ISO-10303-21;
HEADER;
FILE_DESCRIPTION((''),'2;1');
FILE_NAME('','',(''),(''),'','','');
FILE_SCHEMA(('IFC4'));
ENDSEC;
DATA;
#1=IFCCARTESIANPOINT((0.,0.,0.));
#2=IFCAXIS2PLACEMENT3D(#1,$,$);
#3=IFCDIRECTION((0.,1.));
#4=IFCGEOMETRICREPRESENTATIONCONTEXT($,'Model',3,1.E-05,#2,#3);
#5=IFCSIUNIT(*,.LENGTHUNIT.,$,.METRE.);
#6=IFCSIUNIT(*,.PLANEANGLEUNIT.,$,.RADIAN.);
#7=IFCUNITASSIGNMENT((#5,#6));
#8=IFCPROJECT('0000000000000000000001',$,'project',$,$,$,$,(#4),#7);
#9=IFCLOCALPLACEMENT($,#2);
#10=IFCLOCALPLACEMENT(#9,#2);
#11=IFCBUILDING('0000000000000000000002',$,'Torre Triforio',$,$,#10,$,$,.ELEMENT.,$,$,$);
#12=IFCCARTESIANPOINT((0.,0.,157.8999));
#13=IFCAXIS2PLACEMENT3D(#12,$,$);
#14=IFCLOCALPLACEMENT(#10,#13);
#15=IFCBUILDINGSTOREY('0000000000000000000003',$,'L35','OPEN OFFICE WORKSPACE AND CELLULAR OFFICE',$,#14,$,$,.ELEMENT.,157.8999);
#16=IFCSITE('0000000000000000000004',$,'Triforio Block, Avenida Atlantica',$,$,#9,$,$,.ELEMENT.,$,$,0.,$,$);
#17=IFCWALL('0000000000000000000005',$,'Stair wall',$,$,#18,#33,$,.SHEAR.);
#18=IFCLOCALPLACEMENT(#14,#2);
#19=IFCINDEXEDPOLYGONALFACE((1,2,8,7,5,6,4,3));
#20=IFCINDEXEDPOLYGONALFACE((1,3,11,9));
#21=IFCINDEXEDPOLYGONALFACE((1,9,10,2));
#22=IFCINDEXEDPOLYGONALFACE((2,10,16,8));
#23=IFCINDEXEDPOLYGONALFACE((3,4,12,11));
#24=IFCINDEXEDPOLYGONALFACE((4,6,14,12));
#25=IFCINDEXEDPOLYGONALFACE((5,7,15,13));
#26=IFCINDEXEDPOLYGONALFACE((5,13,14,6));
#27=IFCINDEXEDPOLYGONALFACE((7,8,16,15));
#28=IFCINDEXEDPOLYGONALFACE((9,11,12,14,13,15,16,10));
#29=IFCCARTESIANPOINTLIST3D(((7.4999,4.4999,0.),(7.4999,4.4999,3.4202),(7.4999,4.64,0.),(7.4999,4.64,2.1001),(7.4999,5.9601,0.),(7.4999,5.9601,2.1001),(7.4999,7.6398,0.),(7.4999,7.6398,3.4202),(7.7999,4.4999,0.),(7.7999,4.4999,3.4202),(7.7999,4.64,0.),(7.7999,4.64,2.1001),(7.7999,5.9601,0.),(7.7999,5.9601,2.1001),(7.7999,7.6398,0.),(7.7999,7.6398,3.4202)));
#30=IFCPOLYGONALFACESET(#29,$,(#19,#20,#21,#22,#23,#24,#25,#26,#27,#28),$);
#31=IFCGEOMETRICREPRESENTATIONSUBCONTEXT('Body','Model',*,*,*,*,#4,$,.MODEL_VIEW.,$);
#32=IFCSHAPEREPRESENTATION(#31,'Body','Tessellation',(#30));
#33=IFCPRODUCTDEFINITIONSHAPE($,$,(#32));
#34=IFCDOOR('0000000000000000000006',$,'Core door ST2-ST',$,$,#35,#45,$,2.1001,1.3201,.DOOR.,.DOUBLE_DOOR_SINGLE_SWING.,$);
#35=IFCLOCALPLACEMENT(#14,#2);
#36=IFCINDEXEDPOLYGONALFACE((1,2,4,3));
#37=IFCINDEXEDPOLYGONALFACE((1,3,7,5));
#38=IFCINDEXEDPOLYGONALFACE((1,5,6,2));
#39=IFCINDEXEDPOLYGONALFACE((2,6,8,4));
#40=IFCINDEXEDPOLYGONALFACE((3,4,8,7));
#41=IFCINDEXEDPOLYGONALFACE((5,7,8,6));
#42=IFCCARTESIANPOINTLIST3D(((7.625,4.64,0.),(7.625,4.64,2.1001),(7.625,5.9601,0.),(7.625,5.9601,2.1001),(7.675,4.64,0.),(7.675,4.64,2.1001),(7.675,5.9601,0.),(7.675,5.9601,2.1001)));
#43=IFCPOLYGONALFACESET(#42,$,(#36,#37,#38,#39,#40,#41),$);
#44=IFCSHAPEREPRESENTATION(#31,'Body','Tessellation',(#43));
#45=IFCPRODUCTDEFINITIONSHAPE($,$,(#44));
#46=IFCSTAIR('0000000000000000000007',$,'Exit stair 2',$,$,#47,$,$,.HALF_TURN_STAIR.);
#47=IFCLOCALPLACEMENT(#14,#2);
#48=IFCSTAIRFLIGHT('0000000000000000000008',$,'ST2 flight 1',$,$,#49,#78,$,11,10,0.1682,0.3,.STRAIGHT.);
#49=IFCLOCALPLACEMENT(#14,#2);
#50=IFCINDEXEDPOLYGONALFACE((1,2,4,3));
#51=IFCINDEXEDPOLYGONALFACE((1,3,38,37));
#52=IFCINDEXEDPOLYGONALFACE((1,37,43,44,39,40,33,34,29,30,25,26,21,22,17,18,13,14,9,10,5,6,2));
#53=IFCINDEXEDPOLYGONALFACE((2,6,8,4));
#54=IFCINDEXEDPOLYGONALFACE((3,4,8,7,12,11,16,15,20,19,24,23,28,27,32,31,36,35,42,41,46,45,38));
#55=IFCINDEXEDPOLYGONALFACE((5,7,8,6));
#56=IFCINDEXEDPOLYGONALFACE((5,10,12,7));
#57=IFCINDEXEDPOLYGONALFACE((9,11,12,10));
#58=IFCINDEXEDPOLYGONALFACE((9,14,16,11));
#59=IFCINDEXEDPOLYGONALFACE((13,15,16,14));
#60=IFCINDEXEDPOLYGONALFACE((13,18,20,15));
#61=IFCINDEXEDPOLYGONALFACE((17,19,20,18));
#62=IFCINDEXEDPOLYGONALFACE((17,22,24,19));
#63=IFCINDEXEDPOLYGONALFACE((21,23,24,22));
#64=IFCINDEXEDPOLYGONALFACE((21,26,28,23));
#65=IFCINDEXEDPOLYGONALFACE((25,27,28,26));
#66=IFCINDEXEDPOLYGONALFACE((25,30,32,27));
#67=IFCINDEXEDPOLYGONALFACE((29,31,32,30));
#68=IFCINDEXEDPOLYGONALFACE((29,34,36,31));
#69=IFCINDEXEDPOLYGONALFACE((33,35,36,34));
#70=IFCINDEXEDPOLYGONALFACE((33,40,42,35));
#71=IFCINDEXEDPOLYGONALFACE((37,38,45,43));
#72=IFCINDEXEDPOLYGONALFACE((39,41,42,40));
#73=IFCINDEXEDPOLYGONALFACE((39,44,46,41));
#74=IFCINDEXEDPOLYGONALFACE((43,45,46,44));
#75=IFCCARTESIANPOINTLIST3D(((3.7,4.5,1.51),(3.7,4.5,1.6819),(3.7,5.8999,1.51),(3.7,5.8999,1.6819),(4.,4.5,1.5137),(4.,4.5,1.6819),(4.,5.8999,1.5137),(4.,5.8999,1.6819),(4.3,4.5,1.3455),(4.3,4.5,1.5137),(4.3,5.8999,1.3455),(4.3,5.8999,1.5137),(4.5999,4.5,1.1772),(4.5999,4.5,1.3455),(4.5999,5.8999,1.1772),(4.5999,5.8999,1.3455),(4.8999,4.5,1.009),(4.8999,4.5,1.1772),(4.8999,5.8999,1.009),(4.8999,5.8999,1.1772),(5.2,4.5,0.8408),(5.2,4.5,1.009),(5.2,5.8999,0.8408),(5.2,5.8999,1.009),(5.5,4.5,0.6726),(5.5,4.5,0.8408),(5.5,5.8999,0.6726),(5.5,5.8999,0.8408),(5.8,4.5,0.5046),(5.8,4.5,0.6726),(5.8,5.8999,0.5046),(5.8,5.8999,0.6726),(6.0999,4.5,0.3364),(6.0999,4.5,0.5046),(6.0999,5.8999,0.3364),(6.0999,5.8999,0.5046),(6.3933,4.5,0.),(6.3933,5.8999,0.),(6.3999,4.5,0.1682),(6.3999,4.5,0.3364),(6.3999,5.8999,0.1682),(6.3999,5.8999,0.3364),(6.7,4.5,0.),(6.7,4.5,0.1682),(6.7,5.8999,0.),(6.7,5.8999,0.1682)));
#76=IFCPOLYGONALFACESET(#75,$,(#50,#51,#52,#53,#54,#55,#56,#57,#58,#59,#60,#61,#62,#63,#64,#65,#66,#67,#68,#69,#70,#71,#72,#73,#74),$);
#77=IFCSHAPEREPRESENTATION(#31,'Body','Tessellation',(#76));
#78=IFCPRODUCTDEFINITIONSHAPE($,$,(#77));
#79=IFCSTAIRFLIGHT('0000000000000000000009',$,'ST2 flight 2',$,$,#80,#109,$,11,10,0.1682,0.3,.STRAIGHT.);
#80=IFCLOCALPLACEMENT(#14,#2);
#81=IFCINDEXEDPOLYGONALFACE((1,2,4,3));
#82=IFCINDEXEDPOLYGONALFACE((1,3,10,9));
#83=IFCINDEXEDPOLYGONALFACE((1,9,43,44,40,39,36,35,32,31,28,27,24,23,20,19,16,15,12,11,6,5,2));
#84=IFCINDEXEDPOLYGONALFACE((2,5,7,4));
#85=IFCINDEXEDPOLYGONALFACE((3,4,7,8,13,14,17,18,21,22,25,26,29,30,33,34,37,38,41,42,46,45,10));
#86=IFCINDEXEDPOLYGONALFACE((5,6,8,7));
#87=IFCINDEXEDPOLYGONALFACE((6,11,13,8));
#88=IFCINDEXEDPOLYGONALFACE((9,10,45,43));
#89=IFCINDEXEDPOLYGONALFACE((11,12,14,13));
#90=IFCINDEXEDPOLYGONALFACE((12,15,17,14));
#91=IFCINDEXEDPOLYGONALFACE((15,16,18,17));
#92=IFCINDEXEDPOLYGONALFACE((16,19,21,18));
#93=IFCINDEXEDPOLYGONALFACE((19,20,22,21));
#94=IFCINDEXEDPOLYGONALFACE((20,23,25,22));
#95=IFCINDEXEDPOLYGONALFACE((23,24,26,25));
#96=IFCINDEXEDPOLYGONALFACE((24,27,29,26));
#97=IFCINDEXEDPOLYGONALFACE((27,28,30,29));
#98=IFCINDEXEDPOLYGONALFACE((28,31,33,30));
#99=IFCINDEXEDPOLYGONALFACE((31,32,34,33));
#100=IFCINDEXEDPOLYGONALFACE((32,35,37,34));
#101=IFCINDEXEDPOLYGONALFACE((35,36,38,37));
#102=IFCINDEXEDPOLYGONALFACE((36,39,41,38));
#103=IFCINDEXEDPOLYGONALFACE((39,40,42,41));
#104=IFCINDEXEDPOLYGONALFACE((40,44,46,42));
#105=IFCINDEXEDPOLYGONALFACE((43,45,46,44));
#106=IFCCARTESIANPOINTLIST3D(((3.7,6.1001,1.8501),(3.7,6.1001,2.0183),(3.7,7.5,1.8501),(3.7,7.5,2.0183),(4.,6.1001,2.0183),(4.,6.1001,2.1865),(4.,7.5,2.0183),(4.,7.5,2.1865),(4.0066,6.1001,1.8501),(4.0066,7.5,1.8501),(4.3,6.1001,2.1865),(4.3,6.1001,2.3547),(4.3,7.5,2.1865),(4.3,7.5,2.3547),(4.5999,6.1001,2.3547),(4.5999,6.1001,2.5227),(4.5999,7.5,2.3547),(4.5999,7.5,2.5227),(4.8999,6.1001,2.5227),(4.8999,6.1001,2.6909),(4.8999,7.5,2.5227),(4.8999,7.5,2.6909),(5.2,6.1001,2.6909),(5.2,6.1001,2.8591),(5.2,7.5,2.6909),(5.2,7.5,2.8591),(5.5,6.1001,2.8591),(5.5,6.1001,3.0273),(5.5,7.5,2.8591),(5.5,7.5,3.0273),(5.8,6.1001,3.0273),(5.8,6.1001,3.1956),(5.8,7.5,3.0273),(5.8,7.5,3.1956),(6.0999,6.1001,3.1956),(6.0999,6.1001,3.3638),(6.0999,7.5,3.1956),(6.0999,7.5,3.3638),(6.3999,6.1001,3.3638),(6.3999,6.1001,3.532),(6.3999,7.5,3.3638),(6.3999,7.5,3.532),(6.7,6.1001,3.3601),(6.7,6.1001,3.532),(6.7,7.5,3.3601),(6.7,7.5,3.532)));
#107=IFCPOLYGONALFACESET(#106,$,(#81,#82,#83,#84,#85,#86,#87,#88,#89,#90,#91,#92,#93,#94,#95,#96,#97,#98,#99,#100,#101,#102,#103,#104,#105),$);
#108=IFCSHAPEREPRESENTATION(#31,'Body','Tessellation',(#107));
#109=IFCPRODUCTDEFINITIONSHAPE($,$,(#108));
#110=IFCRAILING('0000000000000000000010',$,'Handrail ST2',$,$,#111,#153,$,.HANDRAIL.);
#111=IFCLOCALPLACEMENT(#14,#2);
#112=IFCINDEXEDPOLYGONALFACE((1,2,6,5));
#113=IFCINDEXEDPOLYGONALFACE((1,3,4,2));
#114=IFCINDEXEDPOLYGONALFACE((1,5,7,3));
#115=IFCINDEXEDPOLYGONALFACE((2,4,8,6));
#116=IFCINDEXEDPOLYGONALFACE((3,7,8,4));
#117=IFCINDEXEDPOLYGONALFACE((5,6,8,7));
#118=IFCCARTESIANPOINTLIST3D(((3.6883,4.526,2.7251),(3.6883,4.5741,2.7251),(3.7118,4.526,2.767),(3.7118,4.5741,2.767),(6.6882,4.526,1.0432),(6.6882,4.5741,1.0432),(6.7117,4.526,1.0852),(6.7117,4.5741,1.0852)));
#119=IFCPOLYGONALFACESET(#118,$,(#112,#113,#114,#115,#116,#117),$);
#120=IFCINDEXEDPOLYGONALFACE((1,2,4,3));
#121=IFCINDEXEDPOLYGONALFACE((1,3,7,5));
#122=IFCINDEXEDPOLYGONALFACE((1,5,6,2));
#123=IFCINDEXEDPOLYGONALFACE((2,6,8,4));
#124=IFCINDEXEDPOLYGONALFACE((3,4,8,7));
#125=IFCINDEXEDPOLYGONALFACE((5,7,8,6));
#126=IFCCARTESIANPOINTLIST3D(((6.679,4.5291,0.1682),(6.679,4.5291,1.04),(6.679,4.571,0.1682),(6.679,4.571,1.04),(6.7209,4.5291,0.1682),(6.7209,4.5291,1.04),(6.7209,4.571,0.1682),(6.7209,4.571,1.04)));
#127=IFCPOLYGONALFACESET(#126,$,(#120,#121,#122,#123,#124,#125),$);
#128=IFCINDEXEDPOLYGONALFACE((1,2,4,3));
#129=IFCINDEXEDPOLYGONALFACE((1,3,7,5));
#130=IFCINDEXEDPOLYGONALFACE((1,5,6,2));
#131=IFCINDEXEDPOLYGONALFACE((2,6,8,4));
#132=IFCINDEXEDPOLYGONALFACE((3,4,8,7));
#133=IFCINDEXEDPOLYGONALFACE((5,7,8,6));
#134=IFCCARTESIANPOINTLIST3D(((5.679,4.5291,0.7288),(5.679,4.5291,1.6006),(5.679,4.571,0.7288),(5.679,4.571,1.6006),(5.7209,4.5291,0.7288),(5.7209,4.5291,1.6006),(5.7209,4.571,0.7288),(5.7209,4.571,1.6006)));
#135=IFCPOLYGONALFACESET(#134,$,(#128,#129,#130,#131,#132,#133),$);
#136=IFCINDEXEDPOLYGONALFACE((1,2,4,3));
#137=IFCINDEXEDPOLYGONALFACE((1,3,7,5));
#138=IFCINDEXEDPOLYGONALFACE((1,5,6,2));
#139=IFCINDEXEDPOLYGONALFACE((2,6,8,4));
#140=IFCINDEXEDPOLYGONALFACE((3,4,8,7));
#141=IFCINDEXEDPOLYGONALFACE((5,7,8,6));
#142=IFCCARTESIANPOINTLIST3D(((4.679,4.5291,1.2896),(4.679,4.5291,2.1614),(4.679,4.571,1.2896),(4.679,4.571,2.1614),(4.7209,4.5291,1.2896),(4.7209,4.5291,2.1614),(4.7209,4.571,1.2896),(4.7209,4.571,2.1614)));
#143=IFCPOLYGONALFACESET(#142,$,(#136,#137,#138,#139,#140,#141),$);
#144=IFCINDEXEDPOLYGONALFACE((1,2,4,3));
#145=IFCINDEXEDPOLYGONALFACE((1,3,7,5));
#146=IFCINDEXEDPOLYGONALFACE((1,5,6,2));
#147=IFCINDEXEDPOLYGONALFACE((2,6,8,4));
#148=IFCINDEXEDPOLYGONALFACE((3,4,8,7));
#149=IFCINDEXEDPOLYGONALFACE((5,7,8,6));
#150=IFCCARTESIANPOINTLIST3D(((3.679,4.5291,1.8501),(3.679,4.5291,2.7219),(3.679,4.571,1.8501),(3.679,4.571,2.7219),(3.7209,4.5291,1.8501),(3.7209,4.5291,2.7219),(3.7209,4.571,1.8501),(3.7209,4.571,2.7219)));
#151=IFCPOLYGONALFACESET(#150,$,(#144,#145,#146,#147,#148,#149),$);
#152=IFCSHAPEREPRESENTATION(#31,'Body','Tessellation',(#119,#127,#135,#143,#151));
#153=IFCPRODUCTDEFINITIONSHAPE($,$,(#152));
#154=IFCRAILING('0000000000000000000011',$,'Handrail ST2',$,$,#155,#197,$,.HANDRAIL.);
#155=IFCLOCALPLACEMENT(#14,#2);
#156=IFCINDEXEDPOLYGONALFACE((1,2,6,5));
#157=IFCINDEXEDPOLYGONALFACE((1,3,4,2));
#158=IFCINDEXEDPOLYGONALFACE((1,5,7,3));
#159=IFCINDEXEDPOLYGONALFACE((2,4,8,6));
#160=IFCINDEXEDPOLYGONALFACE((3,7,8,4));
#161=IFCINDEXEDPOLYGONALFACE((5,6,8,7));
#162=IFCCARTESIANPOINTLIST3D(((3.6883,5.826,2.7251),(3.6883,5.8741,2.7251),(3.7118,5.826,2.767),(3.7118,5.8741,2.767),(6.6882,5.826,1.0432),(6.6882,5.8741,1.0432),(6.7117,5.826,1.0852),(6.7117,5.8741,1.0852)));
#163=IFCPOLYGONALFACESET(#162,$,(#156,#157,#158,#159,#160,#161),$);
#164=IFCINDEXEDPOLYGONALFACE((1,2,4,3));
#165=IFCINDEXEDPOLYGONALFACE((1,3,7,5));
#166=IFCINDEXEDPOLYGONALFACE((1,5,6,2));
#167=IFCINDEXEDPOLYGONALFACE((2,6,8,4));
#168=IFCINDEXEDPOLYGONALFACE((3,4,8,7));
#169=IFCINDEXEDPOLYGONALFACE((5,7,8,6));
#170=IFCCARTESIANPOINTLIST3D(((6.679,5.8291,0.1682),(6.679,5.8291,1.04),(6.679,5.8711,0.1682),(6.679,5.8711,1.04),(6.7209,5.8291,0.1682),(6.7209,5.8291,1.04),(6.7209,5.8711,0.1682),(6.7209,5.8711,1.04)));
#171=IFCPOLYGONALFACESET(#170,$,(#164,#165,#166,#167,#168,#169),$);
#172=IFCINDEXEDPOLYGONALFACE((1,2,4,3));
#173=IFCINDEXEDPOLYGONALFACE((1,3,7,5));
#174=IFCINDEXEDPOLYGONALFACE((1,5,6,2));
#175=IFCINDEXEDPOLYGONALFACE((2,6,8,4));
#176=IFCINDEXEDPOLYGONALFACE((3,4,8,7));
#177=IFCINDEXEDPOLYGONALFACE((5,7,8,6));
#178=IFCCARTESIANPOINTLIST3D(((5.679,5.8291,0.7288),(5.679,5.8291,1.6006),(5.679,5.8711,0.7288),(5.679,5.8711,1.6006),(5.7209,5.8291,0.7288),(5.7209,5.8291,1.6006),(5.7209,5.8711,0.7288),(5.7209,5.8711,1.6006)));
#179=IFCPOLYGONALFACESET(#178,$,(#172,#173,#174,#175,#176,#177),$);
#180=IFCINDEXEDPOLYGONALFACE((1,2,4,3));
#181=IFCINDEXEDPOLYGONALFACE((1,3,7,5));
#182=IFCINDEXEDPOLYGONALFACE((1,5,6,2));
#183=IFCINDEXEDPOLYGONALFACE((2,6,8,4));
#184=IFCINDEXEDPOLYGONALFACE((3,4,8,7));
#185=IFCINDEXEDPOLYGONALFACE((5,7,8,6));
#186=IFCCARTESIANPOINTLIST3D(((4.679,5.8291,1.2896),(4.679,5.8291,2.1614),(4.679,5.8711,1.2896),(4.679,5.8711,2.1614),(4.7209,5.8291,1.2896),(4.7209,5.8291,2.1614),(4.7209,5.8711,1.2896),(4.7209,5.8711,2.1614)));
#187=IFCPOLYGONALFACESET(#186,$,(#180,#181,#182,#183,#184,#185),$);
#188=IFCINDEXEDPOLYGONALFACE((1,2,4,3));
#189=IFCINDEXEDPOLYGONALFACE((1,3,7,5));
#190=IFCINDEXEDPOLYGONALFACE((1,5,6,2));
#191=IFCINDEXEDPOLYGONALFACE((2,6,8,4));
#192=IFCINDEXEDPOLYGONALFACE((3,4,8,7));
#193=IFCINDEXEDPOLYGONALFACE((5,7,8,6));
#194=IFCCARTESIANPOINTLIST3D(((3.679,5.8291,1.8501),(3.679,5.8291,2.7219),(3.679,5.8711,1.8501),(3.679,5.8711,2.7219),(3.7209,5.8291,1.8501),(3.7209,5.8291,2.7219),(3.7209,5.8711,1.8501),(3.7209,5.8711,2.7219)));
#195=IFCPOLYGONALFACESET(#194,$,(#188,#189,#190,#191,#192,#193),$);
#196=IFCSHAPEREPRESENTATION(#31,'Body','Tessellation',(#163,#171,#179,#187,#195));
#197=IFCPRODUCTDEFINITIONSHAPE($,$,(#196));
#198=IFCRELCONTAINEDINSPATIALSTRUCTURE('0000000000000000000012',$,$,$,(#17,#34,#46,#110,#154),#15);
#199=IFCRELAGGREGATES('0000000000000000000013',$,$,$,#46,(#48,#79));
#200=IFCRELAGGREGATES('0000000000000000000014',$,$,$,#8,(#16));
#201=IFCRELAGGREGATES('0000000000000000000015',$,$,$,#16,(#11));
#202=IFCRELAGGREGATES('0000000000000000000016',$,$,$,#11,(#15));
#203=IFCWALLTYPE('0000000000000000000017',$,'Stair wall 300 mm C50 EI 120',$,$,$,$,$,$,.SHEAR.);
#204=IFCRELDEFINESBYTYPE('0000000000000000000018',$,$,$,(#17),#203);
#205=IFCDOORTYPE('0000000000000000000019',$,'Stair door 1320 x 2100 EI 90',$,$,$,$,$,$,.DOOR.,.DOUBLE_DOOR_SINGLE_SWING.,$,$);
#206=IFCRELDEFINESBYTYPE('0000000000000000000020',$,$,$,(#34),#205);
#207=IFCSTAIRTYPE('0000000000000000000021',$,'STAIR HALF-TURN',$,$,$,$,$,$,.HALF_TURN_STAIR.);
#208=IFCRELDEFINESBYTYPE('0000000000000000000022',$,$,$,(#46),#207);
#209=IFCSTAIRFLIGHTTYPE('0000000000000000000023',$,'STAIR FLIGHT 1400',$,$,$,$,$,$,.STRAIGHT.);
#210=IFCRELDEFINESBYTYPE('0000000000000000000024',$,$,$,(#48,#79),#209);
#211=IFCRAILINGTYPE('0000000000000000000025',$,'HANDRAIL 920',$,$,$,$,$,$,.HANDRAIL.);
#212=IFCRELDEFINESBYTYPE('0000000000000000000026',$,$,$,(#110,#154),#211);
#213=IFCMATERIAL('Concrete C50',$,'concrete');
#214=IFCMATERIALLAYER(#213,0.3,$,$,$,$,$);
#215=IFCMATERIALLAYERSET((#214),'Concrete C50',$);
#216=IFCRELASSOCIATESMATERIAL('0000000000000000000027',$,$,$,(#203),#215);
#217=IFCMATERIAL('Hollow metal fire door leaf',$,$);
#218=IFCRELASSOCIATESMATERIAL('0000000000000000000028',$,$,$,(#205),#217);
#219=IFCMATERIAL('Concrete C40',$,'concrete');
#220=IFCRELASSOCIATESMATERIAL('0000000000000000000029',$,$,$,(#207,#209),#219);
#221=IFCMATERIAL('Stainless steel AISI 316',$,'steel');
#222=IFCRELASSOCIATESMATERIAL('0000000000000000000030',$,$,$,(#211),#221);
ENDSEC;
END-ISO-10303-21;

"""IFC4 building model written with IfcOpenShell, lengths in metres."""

from ifc_helpers import new_model, si_unit, direction, frame, frame_2d, origin, origin_2d, place, context, subcontext, project, spatial, polyline, rectangle, outline, extrude, material, layer, layer_set, type_object, element, fill, aggregate, save


model = new_model("IFC4")

# Units and contexts
model_context = context("Model", 3, precision=1e-05, world=origin(), true_north=direction((0.0, 1.0)))
body_context = subcontext(model_context, "Body", "Model", "MODEL_VIEW")
ifc_project = project(units=[si_unit("LENGTHUNIT", "METRE"), si_unit("PLANEANGLEUNIT", "RADIAN")], contexts=[model_context])

# Site, building, storey
site_placement = place(None, origin())
site = spatial("IfcSite", under=ifc_project, at=site_placement, Name="Triforio Block, Avenida Atlantica", CompositionType="ELEMENT", RefElevation=0.0)
building_placement = place(site_placement, origin())
building = spatial("IfcBuilding", under=site, at=building_placement, Name="Torre Triforio", CompositionType="ELEMENT")
storey_placement = place(building_placement, frame((0.0, 0.0, 157.8999)))
storey = spatial("IfcBuildingStorey", under=building, at=storey_placement, Name="L35", Description="OPEN OFFICE WORKSPACE AND CELLULAR OFFICE", CompositionType="ELEMENT", Elevation=157.8999)

# Shared definitions
ifc_material_1 = material(Name="Concrete C50", Category="concrete")

# Shared definitions
ifc_material_2 = material(Name="Hollow metal fire door leaf")

# Wall, opening, door
ifc_layer_1 = layer(ifc_material_1, 0.3)
ifc_layer_set_1 = layer_set([ifc_layer_1], Name="Concrete C50")
wall_type_1 = type_object("IfcWallType", Name="Stair wall 300 mm C50 EI 120", PredefinedType="SHEAR", material=ifc_layer_set_1)
wall_1_placement = place(storey_placement, frame((7.6499, 4.5, 0.0), z_axis=(0.0, 0.0, 1.0), x_axis=(0.0, 1.0, 0.0)))
wall_1 = element("IfcWall", 1, at=wall_1_placement, inside=storey, type_object=wall_type_1, Name="Stair wall", PredefinedType="SHEAR", context=body_context, shape_type="SweptSolid", body=[
    extrude(rectangle(XDim=3.1399, YDim=0.3, at=frame_2d((1.5698, 0.0))), origin(), (0.0, 0.0, 1.0), 3.4202),
])
opening_1_placement = place(wall_1_placement, frame((0.1399, 0.0, 0.0)))
opening_1 = element("IfcOpeningElement", 2, at=opening_1_placement, cuts=wall_1, PredefinedType="OPENING", context=body_context, shape_type="SweptSolid", body=[
    extrude(rectangle(XDim=1.3201, YDim=2.1001, at=frame_2d((0.6602, 1.05))), frame((0.0, 0.1599, 0.0), z_axis=(0.0, -1.0, 0.0), x_axis=(1.0, 0.0, 0.0)), (0.0, 0.0, 1.0), 0.3201),
])
door_type_1 = type_object("IfcDoorType", Name="Stair door 1320 x 2100 EI 90", OperationType="DOUBLE_DOOR_SINGLE_SWING", PredefinedType="DOOR", material=ifc_material_2)
door_1_placement = place(opening_1_placement, origin())
door_1 = element("IfcDoor", 3, at=door_1_placement, inside=storey, type_object=door_type_1, Name="Core door ST2-ST", OperationType="DOUBLE_DOOR_SINGLE_SWING", OverallHeight=2.1001, OverallWidth=1.3201, PredefinedType="DOOR", context=body_context, shape_type="SweptSolid", body=[
    extrude(rectangle(XDim=1.3201, YDim=2.1001, at=frame_2d((0.6602, 1.05))), frame((0.0, 0.0249, 0.0), z_axis=(0.0, -1.0, 0.0), x_axis=(1.0, 0.0, 0.0)), (0.0, 0.0, 1.0), 0.05),
])
fill(opening_1, door_1)

# Stair, stair flights
ifc_material_3 = material(Name="Concrete C40", Category="concrete")
stair_type = type_object("IfcStairType", Name="STAIR HALF-TURN", PredefinedType="HALF_TURN_STAIR", material=ifc_material_3)
stair_placement = place(storey_placement, origin())
stair = element("IfcStair", 4, at=stair_placement, inside=storey, type_object=stair_type, Name="Exit stair 2", PredefinedType="HALF_TURN_STAIR")
stair_flight_type = type_object("IfcStairFlightType", Name="STAIR FLIGHT 1400", PredefinedType="STRAIGHT", material=ifc_material_3)
stair_flight_1_placement = place(storey_placement, frame((6.7, 5.2, 0.0), z_axis=(0.0, 0.0, 1.0), x_axis=(-1.0, 0.0, 0.0)))
stair_flight_1 = element("IfcStairFlight", 5, at=stair_flight_1_placement, type_object=stair_flight_type, Name="ST2 flight 1", NumberOfRisers=11, NumberOfTreads=10, PredefinedType="STRAIGHT", RiserHeight=0.1682, TreadLength=0.3, context=body_context, shape_type="SweptSolid", body=[
    extrude(outline(polyline([(0.0, 0.0), (0.0, 0.1682), (0.3, 0.1682), (0.3, 0.3364), (0.6001, 0.3364), (0.6001, 0.5046), (0.8999, 0.5046), (0.8999, 0.6726), (1.2, 0.6726), (1.2, 0.8408), (1.5, 0.8408), (1.5, 1.009), (1.8, 1.009), (1.8, 1.1772), (2.1001, 1.1772), (2.1001, 1.3455), (2.3999, 1.3455), (2.3999, 1.5137), (2.7, 1.5137), (2.7, 1.6819), (3.0, 1.6819), (3.0, 1.8501), (3.0, 1.51), (0.3066, 0.0), (0.0, 0.0)])), frame((0.0, 0.7, 0.0), z_axis=(0.0, -1.0, 0.0), x_axis=(1.0, 0.0, 0.0)), (0.0, 0.0, 1.0), 1.3999),
])
stair_flight_2_placement = place(storey_placement, frame((3.7, 6.8, 1.8501), z_axis=(0.0, 0.0, 1.0), x_axis=(1.0, 0.0, 0.0)))
stair_flight_2 = element("IfcStairFlight", 6, at=stair_flight_2_placement, type_object=stair_flight_type, Name="ST2 flight 2", NumberOfRisers=11, NumberOfTreads=10, PredefinedType="STRAIGHT", RiserHeight=0.1682, TreadLength=0.3, context=body_context, shape_type="SweptSolid", body=[
    extrude(outline(polyline([(0.0, 0.0), (0.0, 0.1682), (0.3, 0.1682), (0.3, 0.3364), (0.6001, 0.3364), (0.6001, 0.5046), (0.8999, 0.5046), (0.8999, 0.6726), (1.2, 0.6726), (1.2, 0.8408), (1.5, 0.8408), (1.5, 1.009), (1.8, 1.009), (1.8, 1.1772), (2.1001, 1.1772), (2.1001, 1.3455), (2.3999, 1.3455), (2.3999, 1.5137), (2.7, 1.5137), (2.7, 1.6819), (3.0, 1.6819), (3.0, 1.8501), (3.0, 1.51), (0.3066, 0.0), (0.0, 0.0)])), frame((0.0, 0.7, 0.0), z_axis=(0.0, -1.0, 0.0), x_axis=(1.0, 0.0, 0.0)), (0.0, 0.0, 1.0), 1.3999),
])
aggregate(stair, [stair_flight_1, stair_flight_2])

# Railings
ifc_material_4 = material(Name="Stainless steel AISI 316", Category="steel")
railing_type = type_object("IfcRailingType", Name="HANDRAIL 920", PredefinedType="HANDRAIL", material=ifc_material_4)
for number, where, name in (
    (7, (6.7, 4.55, 0.1682), "Handrail ST2"),
    (8, (6.7, 5.8501, 0.1682), "Handrail ST2"),
):
    element("IfcRailing", number, at=place(storey_placement, frame(where)), inside=storey, type_object=railing_type, Name=name, PredefinedType="HANDRAIL", context=body_context, shape_type="SweptSolid", body=[
        extrude(rectangle(XDim=0.0481, YDim=0.0481, at=origin_2d()), frame((0.0, 0.0, 0.896), z_axis=(-0.872272, 0.0, 0.48902), x_axis=(0.0, -1.0, 0.0)), (0.0, 0.0, 1.0), 3.4392),
        extrude(rectangle(XDim=0.042, YDim=0.042, at=origin_2d()), origin(), (0.0, 0.0, 1.0), 0.8718),
        extrude(rectangle(XDim=0.042, YDim=0.042, at=origin_2d()), frame((-1.0, 0.0, 0.5605)), (0.0, 0.0, 1.0), 0.8718),
        extrude(rectangle(XDim=0.042, YDim=0.042, at=origin_2d()), frame((-2.0, 0.0, 1.1213)), (0.0, 0.0, 1.0), 0.8718),
        extrude(rectangle(XDim=0.042, YDim=0.042, at=origin_2d()), frame((-3.0, 0.0, 1.6819)), (0.0, 0.0, 1.0), 0.8718),
    ])

save(model, "model.ifc")
